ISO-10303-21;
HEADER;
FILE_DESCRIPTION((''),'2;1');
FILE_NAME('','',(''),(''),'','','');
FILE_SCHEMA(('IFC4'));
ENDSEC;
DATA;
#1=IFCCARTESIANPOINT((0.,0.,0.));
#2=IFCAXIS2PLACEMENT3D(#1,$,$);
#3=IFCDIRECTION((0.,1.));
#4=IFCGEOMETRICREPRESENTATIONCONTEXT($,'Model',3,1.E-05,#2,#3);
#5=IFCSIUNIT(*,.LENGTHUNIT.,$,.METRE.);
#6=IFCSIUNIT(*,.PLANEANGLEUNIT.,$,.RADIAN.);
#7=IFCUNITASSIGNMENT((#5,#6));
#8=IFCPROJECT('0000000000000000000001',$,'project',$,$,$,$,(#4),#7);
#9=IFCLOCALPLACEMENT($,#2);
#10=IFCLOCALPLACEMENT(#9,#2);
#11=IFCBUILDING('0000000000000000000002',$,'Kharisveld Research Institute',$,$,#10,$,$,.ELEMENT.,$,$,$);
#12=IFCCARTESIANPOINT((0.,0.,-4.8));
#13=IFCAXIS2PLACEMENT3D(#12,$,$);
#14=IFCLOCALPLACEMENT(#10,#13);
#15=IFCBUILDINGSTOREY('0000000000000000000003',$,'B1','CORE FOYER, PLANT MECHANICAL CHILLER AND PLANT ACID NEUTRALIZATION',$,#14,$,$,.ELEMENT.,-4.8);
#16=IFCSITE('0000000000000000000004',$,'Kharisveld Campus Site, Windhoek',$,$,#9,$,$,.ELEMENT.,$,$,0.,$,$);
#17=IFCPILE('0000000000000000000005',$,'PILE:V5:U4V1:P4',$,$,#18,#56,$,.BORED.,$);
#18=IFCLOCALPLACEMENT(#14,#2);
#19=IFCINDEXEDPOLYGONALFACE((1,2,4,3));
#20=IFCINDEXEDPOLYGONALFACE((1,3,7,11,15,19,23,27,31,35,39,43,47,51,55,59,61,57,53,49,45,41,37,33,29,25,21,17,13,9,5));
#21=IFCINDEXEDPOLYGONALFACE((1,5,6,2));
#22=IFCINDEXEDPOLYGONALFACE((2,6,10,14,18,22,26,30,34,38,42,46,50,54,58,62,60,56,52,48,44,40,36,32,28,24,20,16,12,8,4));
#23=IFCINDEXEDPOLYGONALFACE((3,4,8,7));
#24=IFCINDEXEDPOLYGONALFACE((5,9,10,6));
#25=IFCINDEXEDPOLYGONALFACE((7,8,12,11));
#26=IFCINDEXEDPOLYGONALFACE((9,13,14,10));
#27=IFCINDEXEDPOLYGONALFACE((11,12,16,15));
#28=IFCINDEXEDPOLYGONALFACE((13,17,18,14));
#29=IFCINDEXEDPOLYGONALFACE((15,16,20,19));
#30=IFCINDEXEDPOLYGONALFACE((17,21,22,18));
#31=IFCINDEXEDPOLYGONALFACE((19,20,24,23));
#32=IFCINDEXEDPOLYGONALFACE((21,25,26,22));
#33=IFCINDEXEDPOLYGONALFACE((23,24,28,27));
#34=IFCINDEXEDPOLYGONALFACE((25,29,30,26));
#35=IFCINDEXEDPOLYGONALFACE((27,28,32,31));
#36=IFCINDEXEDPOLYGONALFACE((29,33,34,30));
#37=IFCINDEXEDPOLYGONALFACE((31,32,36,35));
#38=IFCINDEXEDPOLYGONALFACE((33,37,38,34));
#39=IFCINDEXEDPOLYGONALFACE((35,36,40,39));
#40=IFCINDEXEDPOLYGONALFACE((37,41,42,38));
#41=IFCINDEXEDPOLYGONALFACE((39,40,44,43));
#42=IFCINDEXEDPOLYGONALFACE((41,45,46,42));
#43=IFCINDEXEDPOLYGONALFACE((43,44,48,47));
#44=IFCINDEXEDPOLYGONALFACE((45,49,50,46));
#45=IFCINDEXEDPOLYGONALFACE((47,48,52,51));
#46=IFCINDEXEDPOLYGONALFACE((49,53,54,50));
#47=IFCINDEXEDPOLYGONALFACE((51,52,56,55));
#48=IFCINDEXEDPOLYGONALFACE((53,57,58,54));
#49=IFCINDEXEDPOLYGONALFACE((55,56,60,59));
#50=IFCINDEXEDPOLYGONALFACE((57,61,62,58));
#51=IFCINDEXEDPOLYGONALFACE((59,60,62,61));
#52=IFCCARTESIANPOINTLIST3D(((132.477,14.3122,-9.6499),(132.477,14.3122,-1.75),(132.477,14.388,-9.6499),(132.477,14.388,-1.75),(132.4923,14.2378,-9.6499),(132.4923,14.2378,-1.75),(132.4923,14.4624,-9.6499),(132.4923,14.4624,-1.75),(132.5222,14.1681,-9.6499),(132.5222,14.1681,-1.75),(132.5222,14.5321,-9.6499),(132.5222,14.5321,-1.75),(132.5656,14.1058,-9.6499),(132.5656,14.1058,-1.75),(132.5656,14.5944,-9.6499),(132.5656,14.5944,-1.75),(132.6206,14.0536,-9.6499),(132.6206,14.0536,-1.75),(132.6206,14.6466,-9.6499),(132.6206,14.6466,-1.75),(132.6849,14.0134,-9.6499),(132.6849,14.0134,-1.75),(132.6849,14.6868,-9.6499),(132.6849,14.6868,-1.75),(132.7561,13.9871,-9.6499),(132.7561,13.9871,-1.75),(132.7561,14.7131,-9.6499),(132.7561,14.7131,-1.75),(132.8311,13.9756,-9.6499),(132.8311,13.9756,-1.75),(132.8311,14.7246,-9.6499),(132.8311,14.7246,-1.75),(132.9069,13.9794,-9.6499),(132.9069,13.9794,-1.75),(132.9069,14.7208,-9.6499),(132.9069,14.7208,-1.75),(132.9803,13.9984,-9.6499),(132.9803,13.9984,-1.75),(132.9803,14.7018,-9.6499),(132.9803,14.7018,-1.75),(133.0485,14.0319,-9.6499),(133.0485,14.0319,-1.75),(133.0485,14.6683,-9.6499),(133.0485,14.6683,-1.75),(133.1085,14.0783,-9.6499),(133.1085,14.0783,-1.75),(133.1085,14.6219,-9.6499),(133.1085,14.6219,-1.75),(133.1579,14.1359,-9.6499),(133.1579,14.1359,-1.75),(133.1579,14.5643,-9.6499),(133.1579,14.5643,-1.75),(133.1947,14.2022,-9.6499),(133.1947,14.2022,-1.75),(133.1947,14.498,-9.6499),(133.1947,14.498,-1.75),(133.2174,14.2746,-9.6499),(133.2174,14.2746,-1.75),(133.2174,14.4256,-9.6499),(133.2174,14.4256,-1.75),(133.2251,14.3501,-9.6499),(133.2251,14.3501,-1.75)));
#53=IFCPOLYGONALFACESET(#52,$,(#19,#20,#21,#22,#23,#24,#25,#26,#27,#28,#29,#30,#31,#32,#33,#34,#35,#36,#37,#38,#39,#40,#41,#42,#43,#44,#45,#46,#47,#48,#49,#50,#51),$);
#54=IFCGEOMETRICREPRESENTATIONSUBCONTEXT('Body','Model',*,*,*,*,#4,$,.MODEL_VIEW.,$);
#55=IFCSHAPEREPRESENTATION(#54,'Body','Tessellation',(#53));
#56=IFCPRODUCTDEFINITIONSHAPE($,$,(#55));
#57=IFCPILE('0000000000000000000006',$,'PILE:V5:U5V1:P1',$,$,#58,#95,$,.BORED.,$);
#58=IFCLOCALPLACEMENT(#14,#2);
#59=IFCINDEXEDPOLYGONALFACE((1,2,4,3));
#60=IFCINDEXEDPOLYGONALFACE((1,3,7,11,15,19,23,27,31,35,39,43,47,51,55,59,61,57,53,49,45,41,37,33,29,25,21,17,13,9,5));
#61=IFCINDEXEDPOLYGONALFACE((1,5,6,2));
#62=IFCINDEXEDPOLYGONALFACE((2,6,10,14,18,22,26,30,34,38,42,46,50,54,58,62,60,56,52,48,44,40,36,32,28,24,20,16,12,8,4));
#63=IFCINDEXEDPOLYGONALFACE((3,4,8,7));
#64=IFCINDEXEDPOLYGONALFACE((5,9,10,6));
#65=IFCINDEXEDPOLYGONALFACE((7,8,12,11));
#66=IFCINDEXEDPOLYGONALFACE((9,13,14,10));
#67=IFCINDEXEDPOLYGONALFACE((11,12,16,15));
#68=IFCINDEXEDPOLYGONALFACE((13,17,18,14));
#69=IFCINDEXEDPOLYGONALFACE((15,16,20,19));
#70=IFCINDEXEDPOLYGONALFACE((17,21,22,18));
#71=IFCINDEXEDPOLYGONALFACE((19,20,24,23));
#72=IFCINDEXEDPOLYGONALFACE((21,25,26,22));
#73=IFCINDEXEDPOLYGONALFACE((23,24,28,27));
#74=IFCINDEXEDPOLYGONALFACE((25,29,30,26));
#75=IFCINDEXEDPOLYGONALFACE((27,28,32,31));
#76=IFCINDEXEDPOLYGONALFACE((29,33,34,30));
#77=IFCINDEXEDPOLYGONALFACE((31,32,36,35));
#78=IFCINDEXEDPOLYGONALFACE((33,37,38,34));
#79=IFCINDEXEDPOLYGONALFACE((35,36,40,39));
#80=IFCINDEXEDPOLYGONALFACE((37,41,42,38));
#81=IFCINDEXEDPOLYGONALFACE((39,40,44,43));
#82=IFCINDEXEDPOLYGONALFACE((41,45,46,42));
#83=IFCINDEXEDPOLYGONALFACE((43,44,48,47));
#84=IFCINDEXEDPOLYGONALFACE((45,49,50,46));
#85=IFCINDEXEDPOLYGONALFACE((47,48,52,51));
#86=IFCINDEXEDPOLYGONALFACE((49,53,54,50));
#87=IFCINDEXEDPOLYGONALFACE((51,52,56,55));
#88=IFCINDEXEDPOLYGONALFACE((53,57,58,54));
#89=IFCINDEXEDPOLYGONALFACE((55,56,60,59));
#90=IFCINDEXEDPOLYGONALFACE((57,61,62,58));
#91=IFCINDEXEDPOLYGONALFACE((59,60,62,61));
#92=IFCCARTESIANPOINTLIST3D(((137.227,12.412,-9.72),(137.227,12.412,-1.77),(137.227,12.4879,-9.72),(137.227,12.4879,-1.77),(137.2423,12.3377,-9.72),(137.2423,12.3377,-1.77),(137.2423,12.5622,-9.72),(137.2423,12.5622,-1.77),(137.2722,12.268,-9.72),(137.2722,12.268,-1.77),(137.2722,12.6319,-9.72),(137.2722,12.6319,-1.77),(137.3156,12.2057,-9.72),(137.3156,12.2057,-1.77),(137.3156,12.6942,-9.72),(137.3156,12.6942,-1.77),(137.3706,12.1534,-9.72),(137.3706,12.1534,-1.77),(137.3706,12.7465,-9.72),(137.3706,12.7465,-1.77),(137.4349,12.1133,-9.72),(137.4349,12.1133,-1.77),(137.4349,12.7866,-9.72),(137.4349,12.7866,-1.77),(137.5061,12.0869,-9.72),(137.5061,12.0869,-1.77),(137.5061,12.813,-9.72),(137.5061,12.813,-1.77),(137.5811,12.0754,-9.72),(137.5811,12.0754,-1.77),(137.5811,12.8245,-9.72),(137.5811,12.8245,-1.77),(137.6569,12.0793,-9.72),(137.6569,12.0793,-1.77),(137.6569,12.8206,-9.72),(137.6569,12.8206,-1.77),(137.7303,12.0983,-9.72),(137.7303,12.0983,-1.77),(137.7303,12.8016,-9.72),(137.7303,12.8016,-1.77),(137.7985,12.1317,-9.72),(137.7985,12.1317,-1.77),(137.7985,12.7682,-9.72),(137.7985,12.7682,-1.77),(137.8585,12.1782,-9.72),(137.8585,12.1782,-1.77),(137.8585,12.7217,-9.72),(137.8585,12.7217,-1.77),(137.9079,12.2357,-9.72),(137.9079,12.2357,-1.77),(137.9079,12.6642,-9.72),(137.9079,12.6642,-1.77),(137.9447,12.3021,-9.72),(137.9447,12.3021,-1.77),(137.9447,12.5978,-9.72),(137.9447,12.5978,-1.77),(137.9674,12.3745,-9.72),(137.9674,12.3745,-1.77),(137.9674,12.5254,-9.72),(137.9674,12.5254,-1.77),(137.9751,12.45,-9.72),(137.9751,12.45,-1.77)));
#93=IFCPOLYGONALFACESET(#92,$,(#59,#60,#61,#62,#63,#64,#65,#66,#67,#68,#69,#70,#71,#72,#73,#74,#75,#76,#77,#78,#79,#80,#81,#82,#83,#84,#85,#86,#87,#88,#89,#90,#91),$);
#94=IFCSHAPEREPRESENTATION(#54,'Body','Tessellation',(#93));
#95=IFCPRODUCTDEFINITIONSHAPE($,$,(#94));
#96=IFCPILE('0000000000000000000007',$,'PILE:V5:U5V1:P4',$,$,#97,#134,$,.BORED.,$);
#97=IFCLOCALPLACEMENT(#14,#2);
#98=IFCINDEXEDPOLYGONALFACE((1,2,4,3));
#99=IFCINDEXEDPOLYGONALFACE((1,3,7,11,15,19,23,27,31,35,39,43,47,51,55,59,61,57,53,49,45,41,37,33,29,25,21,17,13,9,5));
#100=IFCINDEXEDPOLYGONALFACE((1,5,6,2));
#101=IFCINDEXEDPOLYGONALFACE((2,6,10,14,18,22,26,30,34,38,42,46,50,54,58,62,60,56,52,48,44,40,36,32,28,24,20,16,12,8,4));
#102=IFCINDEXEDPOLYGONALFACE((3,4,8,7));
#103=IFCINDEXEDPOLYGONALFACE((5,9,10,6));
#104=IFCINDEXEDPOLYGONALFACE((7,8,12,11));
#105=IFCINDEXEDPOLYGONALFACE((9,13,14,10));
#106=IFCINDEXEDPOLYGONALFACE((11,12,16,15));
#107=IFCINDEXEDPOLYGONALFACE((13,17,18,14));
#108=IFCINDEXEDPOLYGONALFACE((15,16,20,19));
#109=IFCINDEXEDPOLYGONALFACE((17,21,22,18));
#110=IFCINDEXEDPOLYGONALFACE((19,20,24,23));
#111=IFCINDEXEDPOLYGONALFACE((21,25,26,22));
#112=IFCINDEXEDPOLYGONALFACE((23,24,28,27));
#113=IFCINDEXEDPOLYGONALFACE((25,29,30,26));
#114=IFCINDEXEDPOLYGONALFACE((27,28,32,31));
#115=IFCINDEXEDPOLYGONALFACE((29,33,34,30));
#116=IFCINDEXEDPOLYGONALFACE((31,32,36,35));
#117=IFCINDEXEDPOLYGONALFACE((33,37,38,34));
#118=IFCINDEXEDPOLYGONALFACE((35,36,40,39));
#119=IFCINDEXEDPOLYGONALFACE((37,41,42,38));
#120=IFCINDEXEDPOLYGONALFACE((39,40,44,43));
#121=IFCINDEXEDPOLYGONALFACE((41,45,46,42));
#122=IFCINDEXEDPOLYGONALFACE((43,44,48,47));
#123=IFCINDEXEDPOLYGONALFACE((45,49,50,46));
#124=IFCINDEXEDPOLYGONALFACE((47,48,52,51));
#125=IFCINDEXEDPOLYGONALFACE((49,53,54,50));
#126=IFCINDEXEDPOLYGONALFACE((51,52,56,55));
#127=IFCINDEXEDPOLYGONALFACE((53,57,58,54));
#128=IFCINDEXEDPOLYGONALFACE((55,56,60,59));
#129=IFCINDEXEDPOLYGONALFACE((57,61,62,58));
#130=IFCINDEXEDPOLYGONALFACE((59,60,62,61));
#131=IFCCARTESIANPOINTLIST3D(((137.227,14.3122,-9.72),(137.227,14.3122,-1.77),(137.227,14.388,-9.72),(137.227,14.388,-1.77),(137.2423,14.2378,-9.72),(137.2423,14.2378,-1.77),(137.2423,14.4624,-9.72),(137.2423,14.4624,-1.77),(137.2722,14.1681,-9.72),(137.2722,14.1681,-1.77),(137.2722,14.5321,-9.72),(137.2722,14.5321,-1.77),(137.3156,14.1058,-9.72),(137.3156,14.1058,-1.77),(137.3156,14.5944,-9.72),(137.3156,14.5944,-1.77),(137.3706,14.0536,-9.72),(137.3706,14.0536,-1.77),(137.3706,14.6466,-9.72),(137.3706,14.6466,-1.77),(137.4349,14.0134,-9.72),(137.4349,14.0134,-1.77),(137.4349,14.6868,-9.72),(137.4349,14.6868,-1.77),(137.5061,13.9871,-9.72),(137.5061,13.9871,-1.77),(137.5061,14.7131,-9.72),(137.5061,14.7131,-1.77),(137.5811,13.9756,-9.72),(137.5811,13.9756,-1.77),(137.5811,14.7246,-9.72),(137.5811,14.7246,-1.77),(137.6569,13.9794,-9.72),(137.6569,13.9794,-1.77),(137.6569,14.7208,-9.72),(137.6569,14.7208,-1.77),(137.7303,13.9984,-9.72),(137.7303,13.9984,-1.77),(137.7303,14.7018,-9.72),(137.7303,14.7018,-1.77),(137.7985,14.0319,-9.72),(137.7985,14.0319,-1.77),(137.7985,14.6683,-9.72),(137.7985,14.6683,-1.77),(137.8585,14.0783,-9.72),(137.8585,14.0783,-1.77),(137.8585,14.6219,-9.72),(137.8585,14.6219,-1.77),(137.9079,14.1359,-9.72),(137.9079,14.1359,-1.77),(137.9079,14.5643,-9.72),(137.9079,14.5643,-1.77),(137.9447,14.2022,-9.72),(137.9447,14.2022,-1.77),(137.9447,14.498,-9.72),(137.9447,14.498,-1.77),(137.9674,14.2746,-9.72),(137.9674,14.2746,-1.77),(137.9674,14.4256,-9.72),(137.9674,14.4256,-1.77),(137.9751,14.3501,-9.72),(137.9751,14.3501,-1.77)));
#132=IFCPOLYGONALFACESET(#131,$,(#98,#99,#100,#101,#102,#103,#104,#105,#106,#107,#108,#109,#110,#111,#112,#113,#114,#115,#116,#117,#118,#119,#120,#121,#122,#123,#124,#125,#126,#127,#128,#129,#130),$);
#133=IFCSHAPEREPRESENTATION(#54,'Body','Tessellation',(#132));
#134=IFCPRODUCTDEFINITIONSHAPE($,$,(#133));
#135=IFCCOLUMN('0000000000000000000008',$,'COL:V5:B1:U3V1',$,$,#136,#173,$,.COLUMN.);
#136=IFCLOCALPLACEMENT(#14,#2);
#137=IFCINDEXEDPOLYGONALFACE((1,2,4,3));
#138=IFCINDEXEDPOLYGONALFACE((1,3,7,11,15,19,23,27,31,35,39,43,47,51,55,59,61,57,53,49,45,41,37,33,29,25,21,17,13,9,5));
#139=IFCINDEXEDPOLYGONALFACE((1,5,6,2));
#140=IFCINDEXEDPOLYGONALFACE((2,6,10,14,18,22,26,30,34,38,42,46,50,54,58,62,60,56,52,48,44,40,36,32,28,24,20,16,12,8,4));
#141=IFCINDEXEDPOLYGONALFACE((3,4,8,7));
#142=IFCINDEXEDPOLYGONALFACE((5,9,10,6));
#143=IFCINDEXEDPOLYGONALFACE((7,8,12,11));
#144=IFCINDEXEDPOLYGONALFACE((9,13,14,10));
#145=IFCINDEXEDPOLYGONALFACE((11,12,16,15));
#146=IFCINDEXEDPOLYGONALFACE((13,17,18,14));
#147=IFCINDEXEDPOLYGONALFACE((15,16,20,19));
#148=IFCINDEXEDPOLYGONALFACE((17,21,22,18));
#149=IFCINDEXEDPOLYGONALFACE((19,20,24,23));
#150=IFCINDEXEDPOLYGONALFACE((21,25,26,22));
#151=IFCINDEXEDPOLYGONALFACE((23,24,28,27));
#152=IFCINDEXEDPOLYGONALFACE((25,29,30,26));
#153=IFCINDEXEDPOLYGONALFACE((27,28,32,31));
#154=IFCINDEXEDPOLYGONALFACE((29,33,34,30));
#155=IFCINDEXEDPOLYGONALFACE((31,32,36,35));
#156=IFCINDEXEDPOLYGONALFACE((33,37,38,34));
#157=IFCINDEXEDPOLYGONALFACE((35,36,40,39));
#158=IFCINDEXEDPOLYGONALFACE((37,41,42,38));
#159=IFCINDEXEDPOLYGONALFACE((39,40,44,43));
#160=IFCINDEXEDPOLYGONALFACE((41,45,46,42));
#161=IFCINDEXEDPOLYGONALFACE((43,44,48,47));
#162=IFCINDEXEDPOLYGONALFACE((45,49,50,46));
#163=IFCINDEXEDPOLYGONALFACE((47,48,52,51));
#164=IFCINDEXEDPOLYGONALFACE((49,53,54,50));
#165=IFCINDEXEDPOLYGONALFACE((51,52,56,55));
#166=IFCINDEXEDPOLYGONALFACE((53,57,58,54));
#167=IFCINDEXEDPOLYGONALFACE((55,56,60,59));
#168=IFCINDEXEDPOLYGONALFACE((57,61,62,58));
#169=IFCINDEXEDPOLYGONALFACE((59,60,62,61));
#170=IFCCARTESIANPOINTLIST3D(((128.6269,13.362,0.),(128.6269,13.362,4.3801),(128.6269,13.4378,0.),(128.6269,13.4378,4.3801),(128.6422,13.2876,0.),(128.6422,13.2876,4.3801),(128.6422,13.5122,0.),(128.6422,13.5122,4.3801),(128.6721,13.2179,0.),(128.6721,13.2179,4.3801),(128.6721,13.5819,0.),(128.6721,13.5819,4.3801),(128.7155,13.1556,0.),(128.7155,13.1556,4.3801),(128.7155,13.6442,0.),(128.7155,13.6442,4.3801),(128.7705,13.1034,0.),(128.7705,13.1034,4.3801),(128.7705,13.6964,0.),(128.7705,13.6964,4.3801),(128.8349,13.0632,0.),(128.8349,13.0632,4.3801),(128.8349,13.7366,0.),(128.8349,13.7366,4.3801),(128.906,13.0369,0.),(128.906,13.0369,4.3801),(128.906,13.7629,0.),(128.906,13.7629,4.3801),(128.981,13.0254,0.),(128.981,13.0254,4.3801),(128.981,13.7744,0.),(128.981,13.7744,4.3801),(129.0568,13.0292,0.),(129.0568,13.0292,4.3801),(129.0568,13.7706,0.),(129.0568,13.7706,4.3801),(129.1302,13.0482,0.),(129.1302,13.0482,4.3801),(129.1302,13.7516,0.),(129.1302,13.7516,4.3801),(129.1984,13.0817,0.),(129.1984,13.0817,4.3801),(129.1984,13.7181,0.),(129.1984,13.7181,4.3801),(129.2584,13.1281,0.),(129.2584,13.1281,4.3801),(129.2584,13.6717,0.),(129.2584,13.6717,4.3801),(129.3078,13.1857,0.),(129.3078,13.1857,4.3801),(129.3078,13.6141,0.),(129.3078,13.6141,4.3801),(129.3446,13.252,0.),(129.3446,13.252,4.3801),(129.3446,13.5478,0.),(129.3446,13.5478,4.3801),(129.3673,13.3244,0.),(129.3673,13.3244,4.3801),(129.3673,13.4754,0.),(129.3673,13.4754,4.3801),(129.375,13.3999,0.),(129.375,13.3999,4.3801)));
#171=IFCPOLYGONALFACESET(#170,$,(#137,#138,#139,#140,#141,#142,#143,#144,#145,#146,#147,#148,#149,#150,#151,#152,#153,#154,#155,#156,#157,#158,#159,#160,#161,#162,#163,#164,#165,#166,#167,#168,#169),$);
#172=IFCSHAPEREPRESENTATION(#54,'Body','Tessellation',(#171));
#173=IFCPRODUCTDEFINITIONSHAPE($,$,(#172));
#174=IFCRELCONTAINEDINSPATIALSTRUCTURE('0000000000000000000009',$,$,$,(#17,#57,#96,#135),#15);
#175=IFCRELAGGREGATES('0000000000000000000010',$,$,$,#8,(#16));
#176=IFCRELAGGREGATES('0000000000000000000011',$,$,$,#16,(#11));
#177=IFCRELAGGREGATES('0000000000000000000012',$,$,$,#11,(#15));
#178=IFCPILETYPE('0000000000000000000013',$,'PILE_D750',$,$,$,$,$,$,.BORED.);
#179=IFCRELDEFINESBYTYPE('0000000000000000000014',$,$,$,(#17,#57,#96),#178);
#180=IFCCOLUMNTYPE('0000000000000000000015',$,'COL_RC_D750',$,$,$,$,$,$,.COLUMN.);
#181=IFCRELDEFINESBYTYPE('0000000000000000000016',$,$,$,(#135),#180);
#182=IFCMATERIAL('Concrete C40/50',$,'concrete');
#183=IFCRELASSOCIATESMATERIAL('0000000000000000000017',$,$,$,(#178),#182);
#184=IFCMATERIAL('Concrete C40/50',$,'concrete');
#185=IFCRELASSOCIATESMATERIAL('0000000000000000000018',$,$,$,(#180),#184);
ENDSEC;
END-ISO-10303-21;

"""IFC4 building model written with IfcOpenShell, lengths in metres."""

from ifc_helpers import new_model, si_unit, direction, frame, origin, origin_2d, place, context, subcontext, project, spatial, circle, extrude, material, material_profile, profile_set, type_object, element, save


model = new_model("IFC4")

# Units and contexts
model_context = context("Model", 3, precision=1e-05, world=origin(), true_north=direction((0.0, 1.0)))
body_context = subcontext(model_context, "Body", "Model", "MODEL_VIEW")
ifc_project = project(units=[si_unit("LENGTHUNIT", "METRE"), si_unit("PLANEANGLEUNIT", "RADIAN")], contexts=[model_context])

# Site, building, storey
site_placement = place(None, origin())
site = spatial("IfcSite", under=ifc_project, at=site_placement, Name="Kharisveld Campus Site, Windhoek", CompositionType="ELEMENT", RefElevation=0.0)
building_placement = place(site_placement, origin())
building = spatial("IfcBuilding", under=site, at=building_placement, Name="Kharisveld Research Institute", CompositionType="ELEMENT")
storey_placement = place(building_placement, frame((0.0, 0.0, -4.8)))
storey = spatial("IfcBuildingStorey", under=building, at=storey_placement, Name="B1", Description="CORE FOYER, PLANT MECHANICAL CHILLER AND PLANT ACID NEUTRALIZATION", CompositionType="ELEMENT", Elevation=-4.8)

# Piles
ifc_material_1 = material(Name="Concrete C40/50", Category="concrete")
ifc_material_profile_1 = material_profile(ifc_material_1, circle(Radius=0.375, at=origin_2d()))
ifc_profile_set_1 = profile_set([ifc_material_profile_1], Name="Concrete C40/50")
pile_type_1 = type_object("IfcPileType", Name="PILE_D750", PredefinedType="BORED", material=ifc_profile_set_1)
for number, where, z_axis, x_axis, name in (
    (1, (132.8501, 14.3501, -1.75), (0.0, 0.0, -1.0), (1.0, 0.0, 0.0), "PILE:V5:U4V1:P4"),
):
    element("IfcPile", number, at=place(storey_placement, frame(where, z_axis=z_axis, x_axis=x_axis)), inside=storey, type_object=pile_type_1, Name=name, PredefinedType="BORED", context=body_context, shape_type="SweptSolid", body=[
        extrude(circle(Radius=0.375, at=origin_2d()), origin(), (0.0, 0.0, 1.0), 7.8999),
    ])
for number, where, z_axis, x_axis, name in (
    (2, (137.6001, 12.45, -1.77), (0.0, 0.0, -1.0), (1.0, 0.0, 0.0), "PILE:V5:U5V1:P1"),
    (3, (137.6001, 14.3501, -1.77), (0.0, 0.0, -1.0), (1.0, 0.0, 0.0), "PILE:V5:U5V1:P4"),
):
    element("IfcPile", number, at=place(storey_placement, frame(where, z_axis=z_axis, x_axis=x_axis)), inside=storey, type_object=pile_type_1, Name=name, PredefinedType="BORED", context=body_context, shape_type="SweptSolid", body=[
        extrude(circle(Radius=0.375, at=origin_2d()), origin(), (0.0, 0.0, 1.0), 7.95),
    ])

# Column
ifc_material_2 = material(Name="Concrete C40/50", Category="concrete")
ifc_material_profile_2 = material_profile(ifc_material_2, circle(Radius=0.375, at=origin_2d()))
ifc_profile_set_2 = profile_set([ifc_material_profile_2], Name="Concrete C40/50")
column_type = type_object("IfcColumnType", Name="COL_RC_D750", PredefinedType="COLUMN", material=ifc_profile_set_2)
for number, where, z_axis, x_axis, name in (
    (4, (129.0, 13.3999, 0.0), (0.0, 0.0, 1.0), (1.0, 0.0, 0.0), "COL:V5:B1:U3V1"),
):
    element("IfcColumn", number, at=place(storey_placement, frame(where, z_axis=z_axis, x_axis=x_axis)), inside=storey, type_object=column_type, Name=name, PredefinedType="COLUMN", context=body_context, shape_type="SweptSolid", body=[
        extrude(circle(Radius=0.375, at=origin_2d()), origin(), (0.0, 0.0, 1.0), 4.3801),
    ])

save(model, "model.ifc")
